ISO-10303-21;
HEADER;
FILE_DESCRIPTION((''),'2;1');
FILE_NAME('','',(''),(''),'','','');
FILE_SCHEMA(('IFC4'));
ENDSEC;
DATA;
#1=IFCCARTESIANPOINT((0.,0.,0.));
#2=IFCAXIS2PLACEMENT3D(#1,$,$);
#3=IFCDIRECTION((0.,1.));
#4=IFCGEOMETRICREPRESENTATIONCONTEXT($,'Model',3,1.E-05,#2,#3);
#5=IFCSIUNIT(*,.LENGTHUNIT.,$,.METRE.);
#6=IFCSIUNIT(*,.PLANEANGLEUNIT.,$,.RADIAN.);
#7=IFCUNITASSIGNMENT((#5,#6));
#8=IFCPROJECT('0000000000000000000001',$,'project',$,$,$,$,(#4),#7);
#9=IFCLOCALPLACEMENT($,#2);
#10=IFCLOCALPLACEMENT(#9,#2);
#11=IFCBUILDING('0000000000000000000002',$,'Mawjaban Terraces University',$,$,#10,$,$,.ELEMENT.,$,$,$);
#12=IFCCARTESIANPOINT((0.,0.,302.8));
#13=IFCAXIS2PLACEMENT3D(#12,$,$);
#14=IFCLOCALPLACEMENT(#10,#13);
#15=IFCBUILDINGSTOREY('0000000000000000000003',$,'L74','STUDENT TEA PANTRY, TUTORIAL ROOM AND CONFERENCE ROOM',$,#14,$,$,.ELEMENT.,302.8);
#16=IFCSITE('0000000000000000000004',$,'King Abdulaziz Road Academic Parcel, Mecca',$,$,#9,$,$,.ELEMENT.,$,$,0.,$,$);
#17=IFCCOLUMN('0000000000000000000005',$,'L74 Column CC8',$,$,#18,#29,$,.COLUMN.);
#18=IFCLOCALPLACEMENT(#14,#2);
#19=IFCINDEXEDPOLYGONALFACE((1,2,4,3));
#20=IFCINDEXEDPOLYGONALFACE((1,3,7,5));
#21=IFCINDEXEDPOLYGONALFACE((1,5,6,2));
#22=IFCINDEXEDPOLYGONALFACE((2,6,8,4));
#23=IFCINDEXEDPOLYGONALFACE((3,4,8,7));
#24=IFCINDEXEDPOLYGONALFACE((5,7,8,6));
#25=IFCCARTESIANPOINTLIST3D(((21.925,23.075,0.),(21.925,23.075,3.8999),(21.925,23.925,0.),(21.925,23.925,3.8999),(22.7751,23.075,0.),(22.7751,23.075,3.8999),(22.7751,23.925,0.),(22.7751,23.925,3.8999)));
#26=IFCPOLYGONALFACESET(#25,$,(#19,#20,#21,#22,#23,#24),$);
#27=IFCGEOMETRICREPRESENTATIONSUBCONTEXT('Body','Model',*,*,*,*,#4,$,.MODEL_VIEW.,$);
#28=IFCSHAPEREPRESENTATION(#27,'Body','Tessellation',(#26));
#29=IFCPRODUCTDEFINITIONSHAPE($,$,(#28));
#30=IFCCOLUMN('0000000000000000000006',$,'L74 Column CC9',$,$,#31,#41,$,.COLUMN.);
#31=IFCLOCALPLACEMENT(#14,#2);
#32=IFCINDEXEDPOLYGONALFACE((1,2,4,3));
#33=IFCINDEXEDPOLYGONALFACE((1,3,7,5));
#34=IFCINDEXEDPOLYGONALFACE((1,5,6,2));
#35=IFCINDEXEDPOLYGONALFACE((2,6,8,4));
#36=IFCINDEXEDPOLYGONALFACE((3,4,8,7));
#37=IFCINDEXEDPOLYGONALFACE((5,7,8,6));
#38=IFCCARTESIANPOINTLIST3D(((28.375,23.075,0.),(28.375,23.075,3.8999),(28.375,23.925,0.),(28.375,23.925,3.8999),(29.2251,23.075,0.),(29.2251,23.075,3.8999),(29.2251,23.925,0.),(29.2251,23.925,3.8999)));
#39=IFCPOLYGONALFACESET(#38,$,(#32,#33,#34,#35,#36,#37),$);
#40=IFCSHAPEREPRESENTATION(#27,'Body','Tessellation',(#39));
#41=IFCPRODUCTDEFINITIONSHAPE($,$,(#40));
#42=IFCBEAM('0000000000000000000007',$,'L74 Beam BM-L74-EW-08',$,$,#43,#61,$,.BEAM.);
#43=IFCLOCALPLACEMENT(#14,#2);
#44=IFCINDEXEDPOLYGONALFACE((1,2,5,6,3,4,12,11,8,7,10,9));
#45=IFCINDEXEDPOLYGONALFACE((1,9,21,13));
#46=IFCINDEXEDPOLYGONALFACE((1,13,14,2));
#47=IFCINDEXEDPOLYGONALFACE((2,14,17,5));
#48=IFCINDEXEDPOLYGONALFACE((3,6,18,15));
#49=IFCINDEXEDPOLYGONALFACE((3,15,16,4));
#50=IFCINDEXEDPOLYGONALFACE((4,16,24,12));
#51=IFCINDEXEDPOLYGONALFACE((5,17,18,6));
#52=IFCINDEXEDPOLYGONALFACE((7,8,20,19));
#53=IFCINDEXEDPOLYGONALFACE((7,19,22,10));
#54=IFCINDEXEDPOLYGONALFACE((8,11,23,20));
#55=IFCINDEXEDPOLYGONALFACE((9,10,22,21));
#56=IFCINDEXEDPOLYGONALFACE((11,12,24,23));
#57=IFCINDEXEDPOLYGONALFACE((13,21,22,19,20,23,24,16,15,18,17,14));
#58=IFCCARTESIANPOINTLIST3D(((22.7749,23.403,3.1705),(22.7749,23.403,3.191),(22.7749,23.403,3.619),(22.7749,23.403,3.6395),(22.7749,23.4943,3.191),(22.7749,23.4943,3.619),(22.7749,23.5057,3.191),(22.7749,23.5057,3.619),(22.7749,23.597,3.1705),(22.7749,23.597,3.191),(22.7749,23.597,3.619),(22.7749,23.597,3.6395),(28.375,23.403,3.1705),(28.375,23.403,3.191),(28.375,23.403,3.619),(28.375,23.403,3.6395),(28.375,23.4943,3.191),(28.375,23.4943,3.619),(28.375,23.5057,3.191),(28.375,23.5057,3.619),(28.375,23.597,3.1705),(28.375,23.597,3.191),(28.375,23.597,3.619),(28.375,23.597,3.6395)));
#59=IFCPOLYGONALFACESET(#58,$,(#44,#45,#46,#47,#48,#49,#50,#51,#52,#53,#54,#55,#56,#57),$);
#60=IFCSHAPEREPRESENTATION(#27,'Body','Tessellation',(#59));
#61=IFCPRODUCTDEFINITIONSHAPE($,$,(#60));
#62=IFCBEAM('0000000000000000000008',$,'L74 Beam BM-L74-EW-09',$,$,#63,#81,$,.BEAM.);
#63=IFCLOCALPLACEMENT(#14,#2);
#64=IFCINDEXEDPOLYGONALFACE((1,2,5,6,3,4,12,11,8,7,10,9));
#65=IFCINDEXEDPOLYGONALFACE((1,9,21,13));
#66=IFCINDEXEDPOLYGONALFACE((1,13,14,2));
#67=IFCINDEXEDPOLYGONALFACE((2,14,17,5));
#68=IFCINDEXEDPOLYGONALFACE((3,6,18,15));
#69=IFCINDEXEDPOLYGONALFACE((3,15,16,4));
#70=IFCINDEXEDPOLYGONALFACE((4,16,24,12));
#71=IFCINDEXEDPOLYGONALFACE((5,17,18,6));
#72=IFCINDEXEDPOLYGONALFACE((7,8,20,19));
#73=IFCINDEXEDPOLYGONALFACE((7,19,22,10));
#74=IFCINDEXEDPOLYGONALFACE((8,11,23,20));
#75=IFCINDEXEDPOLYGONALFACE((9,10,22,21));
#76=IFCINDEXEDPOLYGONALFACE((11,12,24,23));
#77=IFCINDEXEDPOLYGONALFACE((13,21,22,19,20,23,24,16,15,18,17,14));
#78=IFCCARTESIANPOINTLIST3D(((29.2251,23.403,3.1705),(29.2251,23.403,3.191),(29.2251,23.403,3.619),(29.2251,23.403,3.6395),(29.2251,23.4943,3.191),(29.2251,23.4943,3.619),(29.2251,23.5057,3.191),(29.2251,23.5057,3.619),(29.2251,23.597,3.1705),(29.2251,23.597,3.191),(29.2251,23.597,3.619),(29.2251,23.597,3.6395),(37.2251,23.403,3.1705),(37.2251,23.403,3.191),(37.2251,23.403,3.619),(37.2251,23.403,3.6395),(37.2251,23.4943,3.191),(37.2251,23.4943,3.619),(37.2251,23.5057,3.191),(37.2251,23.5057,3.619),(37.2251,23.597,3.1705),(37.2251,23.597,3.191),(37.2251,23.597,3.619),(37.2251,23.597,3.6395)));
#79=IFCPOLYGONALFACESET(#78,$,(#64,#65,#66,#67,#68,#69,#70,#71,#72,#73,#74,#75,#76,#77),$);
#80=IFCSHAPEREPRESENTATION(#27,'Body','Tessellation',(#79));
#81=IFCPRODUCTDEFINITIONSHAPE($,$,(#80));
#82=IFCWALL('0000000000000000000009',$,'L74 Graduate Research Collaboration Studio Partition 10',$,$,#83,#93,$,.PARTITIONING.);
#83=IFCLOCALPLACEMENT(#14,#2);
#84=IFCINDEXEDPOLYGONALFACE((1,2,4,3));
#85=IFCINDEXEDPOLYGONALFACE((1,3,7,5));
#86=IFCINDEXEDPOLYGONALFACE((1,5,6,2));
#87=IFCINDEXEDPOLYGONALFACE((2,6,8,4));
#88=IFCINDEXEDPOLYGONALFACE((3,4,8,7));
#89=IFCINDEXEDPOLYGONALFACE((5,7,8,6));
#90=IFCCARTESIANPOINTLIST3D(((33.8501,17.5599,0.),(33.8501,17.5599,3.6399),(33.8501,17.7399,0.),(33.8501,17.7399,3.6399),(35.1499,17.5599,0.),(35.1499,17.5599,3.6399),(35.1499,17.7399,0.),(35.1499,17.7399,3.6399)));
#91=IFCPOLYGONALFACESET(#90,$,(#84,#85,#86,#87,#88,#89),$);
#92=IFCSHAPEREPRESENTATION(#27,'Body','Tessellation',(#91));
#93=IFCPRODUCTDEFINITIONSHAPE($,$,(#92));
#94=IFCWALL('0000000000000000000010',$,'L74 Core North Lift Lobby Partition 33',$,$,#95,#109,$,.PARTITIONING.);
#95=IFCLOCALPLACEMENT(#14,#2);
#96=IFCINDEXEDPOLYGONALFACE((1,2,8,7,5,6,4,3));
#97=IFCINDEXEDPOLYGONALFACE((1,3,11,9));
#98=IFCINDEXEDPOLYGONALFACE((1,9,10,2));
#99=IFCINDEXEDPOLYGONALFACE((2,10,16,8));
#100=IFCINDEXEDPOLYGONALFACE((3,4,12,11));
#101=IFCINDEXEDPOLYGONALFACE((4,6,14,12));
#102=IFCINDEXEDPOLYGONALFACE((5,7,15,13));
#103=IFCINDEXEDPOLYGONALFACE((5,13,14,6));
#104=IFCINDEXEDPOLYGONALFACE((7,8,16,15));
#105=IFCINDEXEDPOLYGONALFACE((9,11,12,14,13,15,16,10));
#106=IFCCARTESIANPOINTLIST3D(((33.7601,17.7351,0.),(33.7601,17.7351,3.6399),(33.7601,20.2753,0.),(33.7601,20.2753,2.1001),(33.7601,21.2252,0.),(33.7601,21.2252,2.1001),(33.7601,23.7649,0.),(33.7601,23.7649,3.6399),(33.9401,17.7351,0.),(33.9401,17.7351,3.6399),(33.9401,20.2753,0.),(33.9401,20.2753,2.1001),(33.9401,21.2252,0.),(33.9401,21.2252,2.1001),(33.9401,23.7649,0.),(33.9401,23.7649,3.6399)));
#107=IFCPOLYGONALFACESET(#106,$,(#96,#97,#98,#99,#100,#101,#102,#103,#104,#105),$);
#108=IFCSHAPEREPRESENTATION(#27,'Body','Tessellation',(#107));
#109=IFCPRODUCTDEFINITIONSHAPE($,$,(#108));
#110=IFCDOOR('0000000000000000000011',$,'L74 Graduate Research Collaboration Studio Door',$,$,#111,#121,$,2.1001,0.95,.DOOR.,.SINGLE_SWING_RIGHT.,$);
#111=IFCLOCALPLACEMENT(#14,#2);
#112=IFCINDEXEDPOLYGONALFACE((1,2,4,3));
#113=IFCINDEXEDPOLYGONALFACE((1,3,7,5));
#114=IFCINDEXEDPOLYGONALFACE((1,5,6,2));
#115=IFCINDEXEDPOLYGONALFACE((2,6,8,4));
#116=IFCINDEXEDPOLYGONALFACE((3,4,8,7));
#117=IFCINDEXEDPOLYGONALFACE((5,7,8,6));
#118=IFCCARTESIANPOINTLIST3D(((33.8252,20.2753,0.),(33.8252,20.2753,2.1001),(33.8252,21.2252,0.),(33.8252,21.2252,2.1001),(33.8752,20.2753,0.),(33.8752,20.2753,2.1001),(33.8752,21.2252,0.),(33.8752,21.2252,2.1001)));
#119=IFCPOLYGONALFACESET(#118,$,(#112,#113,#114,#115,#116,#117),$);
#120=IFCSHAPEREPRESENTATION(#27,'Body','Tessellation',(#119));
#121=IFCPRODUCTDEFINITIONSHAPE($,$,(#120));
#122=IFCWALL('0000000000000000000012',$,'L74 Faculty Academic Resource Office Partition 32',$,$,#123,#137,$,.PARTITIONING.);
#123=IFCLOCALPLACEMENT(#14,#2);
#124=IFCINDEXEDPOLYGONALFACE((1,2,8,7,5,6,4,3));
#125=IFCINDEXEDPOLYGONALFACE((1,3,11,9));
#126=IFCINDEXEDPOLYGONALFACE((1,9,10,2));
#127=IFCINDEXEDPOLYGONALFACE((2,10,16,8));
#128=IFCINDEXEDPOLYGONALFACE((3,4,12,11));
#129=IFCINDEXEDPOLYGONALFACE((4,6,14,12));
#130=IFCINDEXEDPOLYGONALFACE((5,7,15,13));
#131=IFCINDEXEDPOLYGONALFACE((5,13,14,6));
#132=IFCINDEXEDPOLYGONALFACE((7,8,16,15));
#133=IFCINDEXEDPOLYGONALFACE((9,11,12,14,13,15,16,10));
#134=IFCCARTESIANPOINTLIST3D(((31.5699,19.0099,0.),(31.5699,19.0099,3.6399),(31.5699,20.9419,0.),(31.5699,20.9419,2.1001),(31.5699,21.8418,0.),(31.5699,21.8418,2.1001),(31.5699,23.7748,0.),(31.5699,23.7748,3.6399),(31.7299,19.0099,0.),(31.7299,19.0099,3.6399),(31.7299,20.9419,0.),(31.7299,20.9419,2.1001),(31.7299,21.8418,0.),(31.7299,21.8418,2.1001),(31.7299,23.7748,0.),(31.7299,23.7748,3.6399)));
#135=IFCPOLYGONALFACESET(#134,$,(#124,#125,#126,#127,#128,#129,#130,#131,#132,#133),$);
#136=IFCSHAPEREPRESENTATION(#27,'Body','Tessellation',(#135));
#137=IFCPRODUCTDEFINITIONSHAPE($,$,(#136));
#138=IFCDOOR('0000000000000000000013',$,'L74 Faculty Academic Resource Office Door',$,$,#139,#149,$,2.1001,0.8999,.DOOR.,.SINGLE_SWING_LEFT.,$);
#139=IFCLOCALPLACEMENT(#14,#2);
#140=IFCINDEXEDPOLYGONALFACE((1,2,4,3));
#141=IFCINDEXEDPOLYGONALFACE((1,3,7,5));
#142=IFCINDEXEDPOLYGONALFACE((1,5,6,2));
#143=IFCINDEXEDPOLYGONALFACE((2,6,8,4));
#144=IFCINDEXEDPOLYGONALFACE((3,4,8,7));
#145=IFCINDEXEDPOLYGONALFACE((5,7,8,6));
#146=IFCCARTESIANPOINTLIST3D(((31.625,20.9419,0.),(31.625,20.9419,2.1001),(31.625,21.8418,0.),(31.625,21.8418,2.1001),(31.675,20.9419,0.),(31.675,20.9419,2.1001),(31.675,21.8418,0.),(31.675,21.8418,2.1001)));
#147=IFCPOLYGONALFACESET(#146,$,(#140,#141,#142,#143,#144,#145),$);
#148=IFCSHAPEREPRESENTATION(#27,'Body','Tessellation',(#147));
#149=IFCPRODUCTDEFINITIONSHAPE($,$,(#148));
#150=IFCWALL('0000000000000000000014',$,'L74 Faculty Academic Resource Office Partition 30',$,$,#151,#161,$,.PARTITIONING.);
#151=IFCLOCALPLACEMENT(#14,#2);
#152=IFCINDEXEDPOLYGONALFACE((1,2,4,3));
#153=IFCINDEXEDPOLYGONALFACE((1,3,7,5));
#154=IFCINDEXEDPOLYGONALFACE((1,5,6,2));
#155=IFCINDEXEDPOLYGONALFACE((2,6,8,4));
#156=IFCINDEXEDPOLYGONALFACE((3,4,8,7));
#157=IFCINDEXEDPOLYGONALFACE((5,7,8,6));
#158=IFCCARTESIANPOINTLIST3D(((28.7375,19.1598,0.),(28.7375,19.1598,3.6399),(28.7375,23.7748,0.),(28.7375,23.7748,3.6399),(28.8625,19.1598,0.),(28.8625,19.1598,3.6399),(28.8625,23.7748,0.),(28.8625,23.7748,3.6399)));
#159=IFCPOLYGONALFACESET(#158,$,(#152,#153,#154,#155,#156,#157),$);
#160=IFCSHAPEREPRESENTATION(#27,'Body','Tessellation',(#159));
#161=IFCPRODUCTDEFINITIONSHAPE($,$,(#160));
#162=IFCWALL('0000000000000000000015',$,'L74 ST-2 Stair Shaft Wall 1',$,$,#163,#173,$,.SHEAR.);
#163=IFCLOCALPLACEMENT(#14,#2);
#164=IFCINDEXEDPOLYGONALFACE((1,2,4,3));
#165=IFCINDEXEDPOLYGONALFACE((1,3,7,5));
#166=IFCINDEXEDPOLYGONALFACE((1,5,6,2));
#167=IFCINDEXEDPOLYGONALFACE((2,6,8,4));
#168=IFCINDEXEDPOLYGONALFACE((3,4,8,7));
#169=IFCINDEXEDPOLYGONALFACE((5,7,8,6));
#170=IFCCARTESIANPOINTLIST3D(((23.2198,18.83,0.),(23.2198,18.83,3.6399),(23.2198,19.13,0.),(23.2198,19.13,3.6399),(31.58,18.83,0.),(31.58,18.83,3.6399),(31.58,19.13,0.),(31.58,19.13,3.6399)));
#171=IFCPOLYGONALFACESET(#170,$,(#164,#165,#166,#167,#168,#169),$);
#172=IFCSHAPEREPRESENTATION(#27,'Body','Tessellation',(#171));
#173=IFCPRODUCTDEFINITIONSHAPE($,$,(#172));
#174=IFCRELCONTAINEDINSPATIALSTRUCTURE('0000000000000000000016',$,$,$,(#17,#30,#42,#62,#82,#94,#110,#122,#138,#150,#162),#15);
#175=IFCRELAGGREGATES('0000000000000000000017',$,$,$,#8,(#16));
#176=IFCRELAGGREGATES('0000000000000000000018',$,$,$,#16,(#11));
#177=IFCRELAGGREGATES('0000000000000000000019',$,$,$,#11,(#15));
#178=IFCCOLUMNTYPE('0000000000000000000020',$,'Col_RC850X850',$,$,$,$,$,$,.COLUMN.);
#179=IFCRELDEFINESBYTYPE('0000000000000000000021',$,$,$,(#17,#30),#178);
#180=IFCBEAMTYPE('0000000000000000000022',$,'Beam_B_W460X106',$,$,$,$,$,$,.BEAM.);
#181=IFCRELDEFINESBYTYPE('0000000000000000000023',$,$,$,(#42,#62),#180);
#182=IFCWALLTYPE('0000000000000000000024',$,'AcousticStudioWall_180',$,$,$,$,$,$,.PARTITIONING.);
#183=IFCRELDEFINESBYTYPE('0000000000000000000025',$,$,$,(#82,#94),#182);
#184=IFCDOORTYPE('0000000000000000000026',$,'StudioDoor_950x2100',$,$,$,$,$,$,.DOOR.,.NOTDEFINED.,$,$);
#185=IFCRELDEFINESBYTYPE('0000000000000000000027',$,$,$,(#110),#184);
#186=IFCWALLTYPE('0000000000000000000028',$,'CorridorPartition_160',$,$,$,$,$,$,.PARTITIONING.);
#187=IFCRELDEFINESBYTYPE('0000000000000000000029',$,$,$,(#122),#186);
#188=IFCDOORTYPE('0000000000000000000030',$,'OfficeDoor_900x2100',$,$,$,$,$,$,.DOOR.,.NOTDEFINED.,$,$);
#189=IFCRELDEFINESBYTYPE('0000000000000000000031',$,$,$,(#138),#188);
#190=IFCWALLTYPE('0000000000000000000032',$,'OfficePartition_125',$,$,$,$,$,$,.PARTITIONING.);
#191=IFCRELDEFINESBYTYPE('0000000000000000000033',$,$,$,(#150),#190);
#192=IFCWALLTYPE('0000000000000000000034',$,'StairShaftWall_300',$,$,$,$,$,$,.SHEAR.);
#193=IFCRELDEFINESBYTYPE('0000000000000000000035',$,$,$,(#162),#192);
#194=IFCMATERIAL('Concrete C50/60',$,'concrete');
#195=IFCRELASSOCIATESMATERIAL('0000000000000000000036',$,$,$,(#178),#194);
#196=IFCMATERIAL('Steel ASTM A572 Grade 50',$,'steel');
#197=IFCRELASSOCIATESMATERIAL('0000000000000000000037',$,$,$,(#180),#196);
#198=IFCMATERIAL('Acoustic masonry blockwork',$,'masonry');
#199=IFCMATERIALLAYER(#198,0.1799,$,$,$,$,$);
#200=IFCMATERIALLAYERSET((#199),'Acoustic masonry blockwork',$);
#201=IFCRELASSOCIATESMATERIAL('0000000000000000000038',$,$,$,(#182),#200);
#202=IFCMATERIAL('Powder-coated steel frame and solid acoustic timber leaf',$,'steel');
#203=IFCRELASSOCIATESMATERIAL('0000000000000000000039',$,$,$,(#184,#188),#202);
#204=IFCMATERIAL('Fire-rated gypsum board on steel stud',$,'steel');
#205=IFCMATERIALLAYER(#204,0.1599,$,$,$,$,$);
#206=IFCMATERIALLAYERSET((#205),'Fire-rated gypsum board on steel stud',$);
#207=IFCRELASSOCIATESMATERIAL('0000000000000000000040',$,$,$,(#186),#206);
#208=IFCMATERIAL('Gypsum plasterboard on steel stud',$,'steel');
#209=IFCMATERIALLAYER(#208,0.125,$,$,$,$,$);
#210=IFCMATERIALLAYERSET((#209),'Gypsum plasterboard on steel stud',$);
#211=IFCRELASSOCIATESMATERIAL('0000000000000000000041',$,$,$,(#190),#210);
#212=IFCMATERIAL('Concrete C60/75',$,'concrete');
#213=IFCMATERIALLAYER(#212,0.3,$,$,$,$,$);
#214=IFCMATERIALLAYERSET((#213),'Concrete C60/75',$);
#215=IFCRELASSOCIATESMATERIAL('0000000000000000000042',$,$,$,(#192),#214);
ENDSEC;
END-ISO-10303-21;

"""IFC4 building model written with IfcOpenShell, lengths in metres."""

from ifc_helpers import new_model, si_unit, direction, frame, frame_2d, origin, origin_2d, place, context, subcontext, project, spatial, rectangle, i_section, extrude, material, layer, layer_set, material_profile, profile_set, type_object, element, fill, save


model = new_model("IFC4")

# Units and contexts
model_context = context("Model", 3, precision=1e-05, world=origin(), true_north=direction((0.0, 1.0)))
body_context = subcontext(model_context, "Body", "Model", "MODEL_VIEW")
ifc_project = project(units=[si_unit("LENGTHUNIT", "METRE"), si_unit("PLANEANGLEUNIT", "RADIAN")], contexts=[model_context])

# Site, building, storey
site_placement = place(None, origin())
site = spatial("IfcSite", under=ifc_project, at=site_placement, Name="King Abdulaziz Road Academic Parcel, Mecca", CompositionType="ELEMENT", RefElevation=0.0)
building_placement = place(site_placement, origin())
building = spatial("IfcBuilding", under=site, at=building_placement, Name="Mawjaban Terraces University", CompositionType="ELEMENT")
storey_placement = place(building_placement, frame((0.0, 0.0, 302.8)))
storey = spatial("IfcBuildingStorey", under=building, at=storey_placement, Name="L74", Description="STUDENT TEA PANTRY, TUTORIAL ROOM AND CONFERENCE ROOM", CompositionType="ELEMENT", Elevation=302.8)

# Columns
ifc_material_1 = material(Name="Concrete C50/60", Category="concrete")
ifc_material_profile_1 = material_profile(ifc_material_1, rectangle(XDim=0.8501, YDim=0.8501, at=origin_2d()), Name="RC850X850")
ifc_profile_set_1 = profile_set([ifc_material_profile_1], Name="Concrete C50/60")
column_type = type_object("IfcColumnType", Name="Col_RC850X850", PredefinedType="COLUMN", material=ifc_profile_set_1)
for number, where, z_axis, x_axis, name in (
    (1, (22.3501, 23.5, 0.0), (0.0, 0.0, 1.0), (1.0, 0.0, 0.0), "L74 Column CC8"),
    (2, (28.8, 23.5, 0.0), (0.0, 0.0, 1.0), (1.0, 0.0, 0.0), "L74 Column CC9"),
):
    element("IfcColumn", number, at=place(storey_placement, frame(where, z_axis=z_axis, x_axis=x_axis)), inside=storey, type_object=column_type, Name=name, PredefinedType="COLUMN", context=body_context, shape_type="SweptSolid", body=[
        extrude(rectangle(XDim=0.8501, YDim=0.8501, at=origin_2d()), origin(), (0.0, 0.0, 1.0), 3.8999),
    ])

# Beams
ifc_material_2 = material(Name="Steel ASTM A572 Grade 50", Category="steel")
ifc_material_profile_2 = material_profile(ifc_material_2, i_section(OverallWidth=0.1941, OverallDepth=0.469, WebThickness=0.0115, FlangeThickness=0.0205, at=origin_2d()), Name="W460X106")
ifc_profile_set_2 = profile_set([ifc_material_profile_2], Name="Steel ASTM A572 Grade 50")
beam_type = type_object("IfcBeamType", Name="Beam_B_W460X106", PredefinedType="BEAM", material=ifc_profile_set_2)
beam_1_placement = place(storey_placement, frame((22.7749, 23.5, 3.405), z_axis=(1.0, 0.0, 0.0), x_axis=(0.0, 1.0, 0.0)))
element("IfcBeam", 3, at=beam_1_placement, inside=storey, type_object=beam_type, Name="L74 Beam BM-L74-EW-08", PredefinedType="BEAM", context=body_context, shape_type="SweptSolid", body=[
    extrude(i_section(OverallWidth=0.1941, OverallDepth=0.469, WebThickness=0.0115, FlangeThickness=0.0205, at=origin_2d()), origin(), (0.0, 0.0, 1.0), 5.6001),
])
beam_2_placement = place(storey_placement, frame((29.2251, 23.5, 3.405), z_axis=(1.0, 0.0, 0.0), x_axis=(0.0, 1.0, 0.0)))
element("IfcBeam", 4, at=beam_2_placement, inside=storey, type_object=beam_type, Name="L74 Beam BM-L74-EW-09", PredefinedType="BEAM", context=body_context, shape_type="SweptSolid", body=[
    extrude(i_section(OverallWidth=0.1941, OverallDepth=0.469, WebThickness=0.0115, FlangeThickness=0.0205, at=origin_2d()), origin(), (0.0, 0.0, 1.0), 8.0),
])

# Wall
ifc_material_3 = material(Name="Acoustic masonry blockwork", Category="masonry")
ifc_layer_1 = layer(ifc_material_3, 0.1799)
ifc_layer_set_1 = layer_set([ifc_layer_1], Name="Acoustic masonry blockwork")
wall_type_1 = type_object("IfcWallType", Name="AcousticStudioWall_180", PredefinedType="PARTITIONING", material=ifc_layer_set_1)
wall_1_placement = place(storey_placement, frame((33.8501, 17.6499, 0.0), z_axis=(0.0, 0.0, 1.0), x_axis=(1.0, 0.0, 0.0)))
element("IfcWall", 5, at=wall_1_placement, inside=storey, type_object=wall_type_1, Name="L74 Graduate Research Collaboration Studio Partition 10", PredefinedType="PARTITIONING", context=body_context, shape_type="SweptSolid", body=[
    extrude(rectangle(XDim=1.2998, YDim=0.1799, at=frame_2d((0.6499, 0.0))), origin(), (0.0, 0.0, 1.0), 3.6399),
])

# Walls, openings, doors
wall_2_placement = place(storey_placement, frame((33.8501, 17.7351, 0.0), z_axis=(0.0, 0.0, 1.0), x_axis=(0.0, 1.0, 0.0)))
wall_2 = element("IfcWall", 6, at=wall_2_placement, inside=storey, type_object=wall_type_1, Name="L74 Core North Lift Lobby Partition 33", PredefinedType="PARTITIONING", context=body_context, shape_type="SweptSolid", body=[
    extrude(rectangle(XDim=6.0298, YDim=0.1799, at=frame_2d((3.0149, 0.0))), origin(), (0.0, 0.0, 1.0), 3.6399),
])
opening_1_placement = place(wall_2_placement, frame((2.54, 0.0, 0.0)))
opening_1 = element("IfcOpeningElement", 7, at=opening_1_placement, cuts=wall_2, PredefinedType="OPENING", context=body_context, shape_type="SweptSolid", body=[
    extrude(rectangle(XDim=0.95, YDim=2.1001, at=frame_2d((0.4751, 1.05))), frame((0.0, 0.0999, 0.0), z_axis=(0.0, -1.0, 0.0), x_axis=(1.0, 0.0, 0.0)), (0.0, 0.0, 1.0), 0.2),
])
ifc_material_4 = material(Name="Powder-coated steel frame and solid acoustic timber leaf", Category="steel")
door_type_1 = type_object("IfcDoorType", Name="StudioDoor_950x2100", OperationType="NOTDEFINED", PredefinedType="DOOR", material=ifc_material_4)
door_1_placement = place(opening_1_placement, origin())
door_1 = element("IfcDoor", 8, at=door_1_placement, inside=storey, type_object=door_type_1, Name="L74 Graduate Research Collaboration Studio Door", OperationType="SINGLE_SWING_RIGHT", OverallHeight=2.1001, OverallWidth=0.95, PredefinedType="DOOR", context=body_context, shape_type="SweptSolid", body=[
    extrude(rectangle(XDim=0.95, YDim=2.1001, at=frame_2d((0.4751, 1.05))), frame((0.0, 0.0249, 0.0), z_axis=(0.0, -1.0, 0.0), x_axis=(1.0, 0.0, 0.0)), (0.0, 0.0, 1.0), 0.05),
])
fill(opening_1, door_1)
ifc_material_5 = material(Name="Fire-rated gypsum board on steel stud", Category="steel")
ifc_layer_2 = layer(ifc_material_5, 0.1599)
ifc_layer_set_2 = layer_set([ifc_layer_2], Name="Fire-rated gypsum board on steel stud")
wall_type_2 = type_object("IfcWallType", Name="CorridorPartition_160", PredefinedType="PARTITIONING", material=ifc_layer_set_2)
wall_3_placement = place(storey_placement, frame((31.6499, 19.01, 0.0), z_axis=(0.0, 0.0, 1.0), x_axis=(0.0, 1.0, 0.0)))
wall_3 = element("IfcWall", 9, at=wall_3_placement, inside=storey, type_object=wall_type_2, Name="L74 Faculty Academic Resource Office Partition 32", PredefinedType="PARTITIONING", context=body_context, shape_type="SweptSolid", body=[
    extrude(rectangle(XDim=4.7649, YDim=0.1599, at=frame_2d((2.3823, 0.0))), origin(), (0.0, 0.0, 1.0), 3.6399),
])
opening_2_placement = place(wall_3_placement, frame((1.9319, 0.0, 0.0)))
opening_2 = element("IfcOpeningElement", 10, at=opening_2_placement, cuts=wall_3, PredefinedType="OPENING", context=body_context, shape_type="SweptSolid", body=[
    extrude(rectangle(XDim=0.8999, YDim=2.1001, at=frame_2d((0.45, 1.05))), frame((0.0, 0.0898, 0.0), z_axis=(0.0, -1.0, 0.0), x_axis=(1.0, 0.0, 0.0)), (0.0, 0.0, 1.0), 0.1799),
])
door_type_2 = type_object("IfcDoorType", Name="OfficeDoor_900x2100", OperationType="NOTDEFINED", PredefinedType="DOOR", material=ifc_material_4)
door_2_placement = place(opening_2_placement, origin())
door_2 = element("IfcDoor", 11, at=door_2_placement, inside=storey, type_object=door_type_2, Name="L74 Faculty Academic Resource Office Door", OperationType="SINGLE_SWING_LEFT", OverallHeight=2.1001, OverallWidth=0.8999, PredefinedType="DOOR", context=body_context, shape_type="SweptSolid", body=[
    extrude(rectangle(XDim=0.8999, YDim=2.1001, at=frame_2d((0.45, 1.05))), frame((0.0, 0.0249, 0.0), z_axis=(0.0, -1.0, 0.0), x_axis=(1.0, 0.0, 0.0)), (0.0, 0.0, 1.0), 0.05),
])
fill(opening_2, door_2)

# Walls
ifc_material_6 = material(Name="Gypsum plasterboard on steel stud", Category="steel")
ifc_layer_3 = layer(ifc_material_6, 0.125)
ifc_layer_set_3 = layer_set([ifc_layer_3], Name="Gypsum plasterboard on steel stud")
wall_type_3 = type_object("IfcWallType", Name="OfficePartition_125", PredefinedType="PARTITIONING", material=ifc_layer_set_3)
wall_4_placement = place(storey_placement, frame((28.8, 23.7749, 0.0), z_axis=(0.0, 0.0, 1.0), x_axis=(0.0, -1.0, 0.0)))
element("IfcWall", 12, at=wall_4_placement, inside=storey, type_object=wall_type_3, Name="L74 Faculty Academic Resource Office Partition 30", PredefinedType="PARTITIONING", context=body_context, shape_type="SweptSolid", body=[
    extrude(rectangle(XDim=4.615, YDim=0.125, at=frame_2d((2.3076, 0.0))), origin(), (0.0, 0.0, 1.0), 3.6399),
])
ifc_material_7 = material(Name="Concrete C60/75", Category="concrete")
ifc_layer_4 = layer(ifc_material_7, 0.3)
ifc_layer_set_4 = layer_set([ifc_layer_4], Name="Concrete C60/75")
wall_type_4 = type_object("IfcWallType", Name="StairShaftWall_300", PredefinedType="SHEAR", material=ifc_layer_set_4)
wall_5_placement = place(storey_placement, frame((31.5801, 18.98, 0.0), z_axis=(0.0, 0.0, 1.0), x_axis=(-1.0, 0.0, 0.0)))
element("IfcWall", 13, at=wall_5_placement, inside=storey, type_object=wall_type_4, Name="L74 ST-2 Stair Shaft Wall 1", PredefinedType="SHEAR", context=body_context, shape_type="SweptSolid", body=[
    extrude(rectangle(XDim=8.3601, YDim=0.3, at=frame_2d((4.1802, 0.0))), origin(), (0.0, 0.0, 1.0), 3.6399),
])

save(model, "model.ifc")
